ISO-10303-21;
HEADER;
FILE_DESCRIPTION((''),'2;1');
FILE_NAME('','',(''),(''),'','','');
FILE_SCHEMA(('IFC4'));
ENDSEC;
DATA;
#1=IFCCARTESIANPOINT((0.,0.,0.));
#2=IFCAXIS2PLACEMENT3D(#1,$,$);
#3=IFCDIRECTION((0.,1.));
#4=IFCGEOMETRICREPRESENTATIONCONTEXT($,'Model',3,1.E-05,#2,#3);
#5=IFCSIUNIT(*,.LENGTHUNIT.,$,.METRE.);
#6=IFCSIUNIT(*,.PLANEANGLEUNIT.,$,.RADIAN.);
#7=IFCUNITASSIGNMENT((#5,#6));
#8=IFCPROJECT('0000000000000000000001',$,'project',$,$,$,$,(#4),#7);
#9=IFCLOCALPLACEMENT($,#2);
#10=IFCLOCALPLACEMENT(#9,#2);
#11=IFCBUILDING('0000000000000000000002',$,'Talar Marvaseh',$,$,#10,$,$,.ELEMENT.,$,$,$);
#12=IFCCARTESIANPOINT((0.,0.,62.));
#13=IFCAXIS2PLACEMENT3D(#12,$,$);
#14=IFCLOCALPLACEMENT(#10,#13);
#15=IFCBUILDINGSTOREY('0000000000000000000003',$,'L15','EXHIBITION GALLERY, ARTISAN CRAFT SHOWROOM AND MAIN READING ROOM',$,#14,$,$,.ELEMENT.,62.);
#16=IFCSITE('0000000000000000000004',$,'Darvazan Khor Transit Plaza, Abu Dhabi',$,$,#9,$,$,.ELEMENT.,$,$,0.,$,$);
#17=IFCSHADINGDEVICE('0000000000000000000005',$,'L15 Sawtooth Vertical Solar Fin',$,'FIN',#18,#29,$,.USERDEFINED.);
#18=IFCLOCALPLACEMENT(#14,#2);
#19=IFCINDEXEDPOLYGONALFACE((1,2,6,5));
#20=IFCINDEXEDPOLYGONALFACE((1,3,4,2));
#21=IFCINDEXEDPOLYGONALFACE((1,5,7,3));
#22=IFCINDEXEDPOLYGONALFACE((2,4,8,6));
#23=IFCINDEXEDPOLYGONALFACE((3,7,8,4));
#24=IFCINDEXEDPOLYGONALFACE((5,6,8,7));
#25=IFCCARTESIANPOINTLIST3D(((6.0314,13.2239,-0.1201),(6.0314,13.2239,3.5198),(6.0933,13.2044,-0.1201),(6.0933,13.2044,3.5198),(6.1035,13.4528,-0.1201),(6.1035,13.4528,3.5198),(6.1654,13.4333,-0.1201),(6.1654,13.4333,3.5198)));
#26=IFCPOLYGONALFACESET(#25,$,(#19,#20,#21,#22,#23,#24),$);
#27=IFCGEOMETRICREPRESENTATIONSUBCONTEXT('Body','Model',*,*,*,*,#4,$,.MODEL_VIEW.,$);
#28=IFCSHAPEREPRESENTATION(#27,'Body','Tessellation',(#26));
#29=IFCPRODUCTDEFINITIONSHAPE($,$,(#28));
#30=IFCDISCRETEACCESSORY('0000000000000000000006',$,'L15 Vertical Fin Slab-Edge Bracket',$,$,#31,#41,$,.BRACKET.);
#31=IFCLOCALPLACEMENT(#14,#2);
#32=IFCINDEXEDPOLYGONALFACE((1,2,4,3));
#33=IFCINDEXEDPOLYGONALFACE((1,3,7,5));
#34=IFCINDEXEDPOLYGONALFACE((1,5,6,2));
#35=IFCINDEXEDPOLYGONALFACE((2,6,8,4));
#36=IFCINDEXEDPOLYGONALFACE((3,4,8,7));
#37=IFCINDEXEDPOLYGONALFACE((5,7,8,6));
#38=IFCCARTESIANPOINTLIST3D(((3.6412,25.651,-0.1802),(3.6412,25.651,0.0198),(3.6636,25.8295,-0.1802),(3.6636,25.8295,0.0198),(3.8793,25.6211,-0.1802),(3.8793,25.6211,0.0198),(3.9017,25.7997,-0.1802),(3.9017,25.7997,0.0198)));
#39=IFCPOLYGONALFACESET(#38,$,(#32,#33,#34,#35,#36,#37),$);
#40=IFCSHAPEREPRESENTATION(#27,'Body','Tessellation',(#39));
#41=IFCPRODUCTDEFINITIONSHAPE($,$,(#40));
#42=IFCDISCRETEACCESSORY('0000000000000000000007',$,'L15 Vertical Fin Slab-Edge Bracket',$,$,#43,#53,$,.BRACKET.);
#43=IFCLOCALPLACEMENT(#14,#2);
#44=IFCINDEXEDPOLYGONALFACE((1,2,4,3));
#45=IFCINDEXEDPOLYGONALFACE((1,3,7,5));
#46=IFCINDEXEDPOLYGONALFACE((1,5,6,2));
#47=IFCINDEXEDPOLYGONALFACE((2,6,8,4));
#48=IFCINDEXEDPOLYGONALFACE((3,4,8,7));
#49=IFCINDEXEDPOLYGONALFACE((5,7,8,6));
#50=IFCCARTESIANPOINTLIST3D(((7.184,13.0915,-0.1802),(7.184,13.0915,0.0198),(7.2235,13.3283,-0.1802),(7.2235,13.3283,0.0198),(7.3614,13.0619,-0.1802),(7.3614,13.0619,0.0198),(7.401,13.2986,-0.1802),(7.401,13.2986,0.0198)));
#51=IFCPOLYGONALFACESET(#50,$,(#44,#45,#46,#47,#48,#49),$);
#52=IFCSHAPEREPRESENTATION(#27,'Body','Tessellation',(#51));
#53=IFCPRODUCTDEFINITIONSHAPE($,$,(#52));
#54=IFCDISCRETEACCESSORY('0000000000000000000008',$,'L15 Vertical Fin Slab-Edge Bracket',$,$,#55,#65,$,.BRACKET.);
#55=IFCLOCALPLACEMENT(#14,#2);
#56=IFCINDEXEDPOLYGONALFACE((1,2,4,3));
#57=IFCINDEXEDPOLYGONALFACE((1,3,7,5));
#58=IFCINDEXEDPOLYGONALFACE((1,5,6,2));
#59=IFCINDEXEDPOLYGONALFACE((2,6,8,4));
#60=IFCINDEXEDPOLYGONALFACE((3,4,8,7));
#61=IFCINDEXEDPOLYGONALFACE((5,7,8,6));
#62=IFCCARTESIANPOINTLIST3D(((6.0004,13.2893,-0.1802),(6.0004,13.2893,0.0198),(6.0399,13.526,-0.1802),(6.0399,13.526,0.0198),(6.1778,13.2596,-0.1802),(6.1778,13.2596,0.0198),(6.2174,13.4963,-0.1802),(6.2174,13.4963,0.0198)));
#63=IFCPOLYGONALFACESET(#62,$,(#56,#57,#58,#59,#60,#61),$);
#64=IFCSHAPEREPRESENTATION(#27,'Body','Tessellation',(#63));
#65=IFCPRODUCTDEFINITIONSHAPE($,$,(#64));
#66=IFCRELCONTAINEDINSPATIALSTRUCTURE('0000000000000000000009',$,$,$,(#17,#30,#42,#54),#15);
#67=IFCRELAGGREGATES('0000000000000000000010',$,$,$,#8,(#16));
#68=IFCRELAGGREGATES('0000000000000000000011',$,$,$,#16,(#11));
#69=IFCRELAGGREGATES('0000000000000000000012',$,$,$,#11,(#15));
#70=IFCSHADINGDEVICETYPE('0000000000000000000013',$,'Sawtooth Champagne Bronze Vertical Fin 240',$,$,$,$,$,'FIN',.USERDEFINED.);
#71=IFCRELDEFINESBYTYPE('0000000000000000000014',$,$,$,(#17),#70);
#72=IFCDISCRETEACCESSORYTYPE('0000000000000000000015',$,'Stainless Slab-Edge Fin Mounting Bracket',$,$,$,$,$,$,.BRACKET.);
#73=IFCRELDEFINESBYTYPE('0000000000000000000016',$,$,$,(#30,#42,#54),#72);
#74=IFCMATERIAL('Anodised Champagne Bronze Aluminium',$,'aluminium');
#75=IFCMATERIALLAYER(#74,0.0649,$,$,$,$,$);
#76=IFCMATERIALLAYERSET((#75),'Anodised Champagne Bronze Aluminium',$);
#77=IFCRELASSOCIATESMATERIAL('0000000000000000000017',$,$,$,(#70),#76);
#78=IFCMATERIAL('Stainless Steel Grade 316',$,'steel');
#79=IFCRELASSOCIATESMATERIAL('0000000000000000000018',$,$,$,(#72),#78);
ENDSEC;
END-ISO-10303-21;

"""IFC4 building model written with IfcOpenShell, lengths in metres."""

from ifc_helpers import new_model, si_unit, direction, frame, origin, origin_2d, place, context, subcontext, project, spatial, rectangle, extrude, source, transform, mapped, material, layer, layer_set, type_object, type_shapes, element, save


model = new_model("IFC4")

# Units and contexts
model_context = context("Model", 3, precision=1e-05, world=origin(), true_north=direction((0.0, 1.0)))
body_context = subcontext(model_context, "Body", "Model", "MODEL_VIEW")
ifc_project = project(units=[si_unit("LENGTHUNIT", "METRE"), si_unit("PLANEANGLEUNIT", "RADIAN")], contexts=[model_context])

# Site, building, storey
site_placement = place(None, origin())
site = spatial("IfcSite", under=ifc_project, at=site_placement, Name="Darvazan Khor Transit Plaza, Abu Dhabi", CompositionType="ELEMENT", RefElevation=0.0)
building_placement = place(site_placement, origin())
building = spatial("IfcBuilding", under=site, at=building_placement, Name="Talar Marvaseh", CompositionType="ELEMENT")
storey_placement = place(building_placement, frame((0.0, 0.0, 62.0)))
storey = spatial("IfcBuildingStorey", under=building, at=storey_placement, Name="L15", Description="EXHIBITION GALLERY, ARTISAN CRAFT SHOWROOM AND MAIN READING ROOM", CompositionType="ELEMENT", Elevation=62.0)

# Shading device
ifc_material_1 = material(Name="Anodised Champagne Bronze Aluminium", Category="aluminium")
ifc_layer_1 = layer(ifc_material_1, 0.0649)
ifc_layer_set_1 = layer_set([ifc_layer_1], Name="Anodised Champagne Bronze Aluminium")
shading_device_type = type_object("IfcShadingDeviceType", Name="Sawtooth Champagne Bronze Vertical Fin 240", ElementType="FIN", PredefinedType="USERDEFINED", material=ifc_layer_set_1)
shared_shape_1 = source(origin(), body_context, "Body", "SweptSolid", [
    extrude(rectangle(XDim=0.24, YDim=0.0649, at=origin_2d()), origin(), (0.0, 0.0, 1.0), 3.6399),
])
type_shapes(shading_device_type, [shared_shape_1])
for number, where, z_axis, x_axis, name in (
    (1, (6.0984, 13.3286, -0.1201), (0.0, 0.0, 1.0), (-0.300539, -0.953769, 0.0), "L15 Sawtooth Vertical Solar Fin"),
):
    element("IfcShadingDevice", number, at=place(storey_placement, frame(where, z_axis=z_axis, x_axis=x_axis)), inside=storey, type_object=shading_device_type, Name=name, ObjectType="FIN", PredefinedType="USERDEFINED", context=body_context, shape_type="MappedRepresentation", body=[
        mapped(shared_shape_1, transform((0.0, 0.0, 0.0), x_axis=(1.0, 0.0, 0.0), y_axis=(0.0, 1.0, 0.0), z_axis=(0.0, 0.0, 1.0), scale=1.0)),
    ])

# Discrete accessories
ifc_material_2 = material(Name="Stainless Steel Grade 316", Category="steel")
discrete_accessory_type = type_object("IfcDiscreteAccessoryType", Name="Stainless Slab-Edge Fin Mounting Bracket", PredefinedType="BRACKET", material=ifc_material_2)
shared_shape_2 = source(origin(), body_context, "Body", "SweptSolid", [
    extrude(rectangle(XDim=0.24, YDim=0.1799, at=origin_2d()), origin(), (0.0, 0.0, 1.0), 0.2),
])
type_shapes(discrete_accessory_type, [shared_shape_2])
for number, where, z_axis, x_axis, name in (
    (2, (3.7715, 25.7253, -0.1802), (0.0, 0.0, 1.0), (-0.992224, 0.124467, 0.0), "L15 Vertical Fin Slab-Edge Bracket"),
    (3, (7.2925, 13.1951, -0.1802), (0.0, 0.0, 1.0), (-0.164875, -0.986314, 0.0), "L15 Vertical Fin Slab-Edge Bracket"),
    (4, (6.1089, 13.3928, -0.1802), (0.0, 0.0, 1.0), (-0.164875, -0.986314, 0.0), "L15 Vertical Fin Slab-Edge Bracket"),
):
    element("IfcDiscreteAccessory", number, at=place(storey_placement, frame(where, z_axis=z_axis, x_axis=x_axis)), inside=storey, type_object=discrete_accessory_type, Name=name, PredefinedType="BRACKET", context=body_context, shape_type="MappedRepresentation", body=[
        mapped(shared_shape_2, transform((0.0, 0.0, 0.0), x_axis=(1.0, 0.0, 0.0), y_axis=(0.0, 1.0, 0.0), z_axis=(0.0, 0.0, 1.0), scale=1.0)),
    ])

save(model, "model.ifc")
